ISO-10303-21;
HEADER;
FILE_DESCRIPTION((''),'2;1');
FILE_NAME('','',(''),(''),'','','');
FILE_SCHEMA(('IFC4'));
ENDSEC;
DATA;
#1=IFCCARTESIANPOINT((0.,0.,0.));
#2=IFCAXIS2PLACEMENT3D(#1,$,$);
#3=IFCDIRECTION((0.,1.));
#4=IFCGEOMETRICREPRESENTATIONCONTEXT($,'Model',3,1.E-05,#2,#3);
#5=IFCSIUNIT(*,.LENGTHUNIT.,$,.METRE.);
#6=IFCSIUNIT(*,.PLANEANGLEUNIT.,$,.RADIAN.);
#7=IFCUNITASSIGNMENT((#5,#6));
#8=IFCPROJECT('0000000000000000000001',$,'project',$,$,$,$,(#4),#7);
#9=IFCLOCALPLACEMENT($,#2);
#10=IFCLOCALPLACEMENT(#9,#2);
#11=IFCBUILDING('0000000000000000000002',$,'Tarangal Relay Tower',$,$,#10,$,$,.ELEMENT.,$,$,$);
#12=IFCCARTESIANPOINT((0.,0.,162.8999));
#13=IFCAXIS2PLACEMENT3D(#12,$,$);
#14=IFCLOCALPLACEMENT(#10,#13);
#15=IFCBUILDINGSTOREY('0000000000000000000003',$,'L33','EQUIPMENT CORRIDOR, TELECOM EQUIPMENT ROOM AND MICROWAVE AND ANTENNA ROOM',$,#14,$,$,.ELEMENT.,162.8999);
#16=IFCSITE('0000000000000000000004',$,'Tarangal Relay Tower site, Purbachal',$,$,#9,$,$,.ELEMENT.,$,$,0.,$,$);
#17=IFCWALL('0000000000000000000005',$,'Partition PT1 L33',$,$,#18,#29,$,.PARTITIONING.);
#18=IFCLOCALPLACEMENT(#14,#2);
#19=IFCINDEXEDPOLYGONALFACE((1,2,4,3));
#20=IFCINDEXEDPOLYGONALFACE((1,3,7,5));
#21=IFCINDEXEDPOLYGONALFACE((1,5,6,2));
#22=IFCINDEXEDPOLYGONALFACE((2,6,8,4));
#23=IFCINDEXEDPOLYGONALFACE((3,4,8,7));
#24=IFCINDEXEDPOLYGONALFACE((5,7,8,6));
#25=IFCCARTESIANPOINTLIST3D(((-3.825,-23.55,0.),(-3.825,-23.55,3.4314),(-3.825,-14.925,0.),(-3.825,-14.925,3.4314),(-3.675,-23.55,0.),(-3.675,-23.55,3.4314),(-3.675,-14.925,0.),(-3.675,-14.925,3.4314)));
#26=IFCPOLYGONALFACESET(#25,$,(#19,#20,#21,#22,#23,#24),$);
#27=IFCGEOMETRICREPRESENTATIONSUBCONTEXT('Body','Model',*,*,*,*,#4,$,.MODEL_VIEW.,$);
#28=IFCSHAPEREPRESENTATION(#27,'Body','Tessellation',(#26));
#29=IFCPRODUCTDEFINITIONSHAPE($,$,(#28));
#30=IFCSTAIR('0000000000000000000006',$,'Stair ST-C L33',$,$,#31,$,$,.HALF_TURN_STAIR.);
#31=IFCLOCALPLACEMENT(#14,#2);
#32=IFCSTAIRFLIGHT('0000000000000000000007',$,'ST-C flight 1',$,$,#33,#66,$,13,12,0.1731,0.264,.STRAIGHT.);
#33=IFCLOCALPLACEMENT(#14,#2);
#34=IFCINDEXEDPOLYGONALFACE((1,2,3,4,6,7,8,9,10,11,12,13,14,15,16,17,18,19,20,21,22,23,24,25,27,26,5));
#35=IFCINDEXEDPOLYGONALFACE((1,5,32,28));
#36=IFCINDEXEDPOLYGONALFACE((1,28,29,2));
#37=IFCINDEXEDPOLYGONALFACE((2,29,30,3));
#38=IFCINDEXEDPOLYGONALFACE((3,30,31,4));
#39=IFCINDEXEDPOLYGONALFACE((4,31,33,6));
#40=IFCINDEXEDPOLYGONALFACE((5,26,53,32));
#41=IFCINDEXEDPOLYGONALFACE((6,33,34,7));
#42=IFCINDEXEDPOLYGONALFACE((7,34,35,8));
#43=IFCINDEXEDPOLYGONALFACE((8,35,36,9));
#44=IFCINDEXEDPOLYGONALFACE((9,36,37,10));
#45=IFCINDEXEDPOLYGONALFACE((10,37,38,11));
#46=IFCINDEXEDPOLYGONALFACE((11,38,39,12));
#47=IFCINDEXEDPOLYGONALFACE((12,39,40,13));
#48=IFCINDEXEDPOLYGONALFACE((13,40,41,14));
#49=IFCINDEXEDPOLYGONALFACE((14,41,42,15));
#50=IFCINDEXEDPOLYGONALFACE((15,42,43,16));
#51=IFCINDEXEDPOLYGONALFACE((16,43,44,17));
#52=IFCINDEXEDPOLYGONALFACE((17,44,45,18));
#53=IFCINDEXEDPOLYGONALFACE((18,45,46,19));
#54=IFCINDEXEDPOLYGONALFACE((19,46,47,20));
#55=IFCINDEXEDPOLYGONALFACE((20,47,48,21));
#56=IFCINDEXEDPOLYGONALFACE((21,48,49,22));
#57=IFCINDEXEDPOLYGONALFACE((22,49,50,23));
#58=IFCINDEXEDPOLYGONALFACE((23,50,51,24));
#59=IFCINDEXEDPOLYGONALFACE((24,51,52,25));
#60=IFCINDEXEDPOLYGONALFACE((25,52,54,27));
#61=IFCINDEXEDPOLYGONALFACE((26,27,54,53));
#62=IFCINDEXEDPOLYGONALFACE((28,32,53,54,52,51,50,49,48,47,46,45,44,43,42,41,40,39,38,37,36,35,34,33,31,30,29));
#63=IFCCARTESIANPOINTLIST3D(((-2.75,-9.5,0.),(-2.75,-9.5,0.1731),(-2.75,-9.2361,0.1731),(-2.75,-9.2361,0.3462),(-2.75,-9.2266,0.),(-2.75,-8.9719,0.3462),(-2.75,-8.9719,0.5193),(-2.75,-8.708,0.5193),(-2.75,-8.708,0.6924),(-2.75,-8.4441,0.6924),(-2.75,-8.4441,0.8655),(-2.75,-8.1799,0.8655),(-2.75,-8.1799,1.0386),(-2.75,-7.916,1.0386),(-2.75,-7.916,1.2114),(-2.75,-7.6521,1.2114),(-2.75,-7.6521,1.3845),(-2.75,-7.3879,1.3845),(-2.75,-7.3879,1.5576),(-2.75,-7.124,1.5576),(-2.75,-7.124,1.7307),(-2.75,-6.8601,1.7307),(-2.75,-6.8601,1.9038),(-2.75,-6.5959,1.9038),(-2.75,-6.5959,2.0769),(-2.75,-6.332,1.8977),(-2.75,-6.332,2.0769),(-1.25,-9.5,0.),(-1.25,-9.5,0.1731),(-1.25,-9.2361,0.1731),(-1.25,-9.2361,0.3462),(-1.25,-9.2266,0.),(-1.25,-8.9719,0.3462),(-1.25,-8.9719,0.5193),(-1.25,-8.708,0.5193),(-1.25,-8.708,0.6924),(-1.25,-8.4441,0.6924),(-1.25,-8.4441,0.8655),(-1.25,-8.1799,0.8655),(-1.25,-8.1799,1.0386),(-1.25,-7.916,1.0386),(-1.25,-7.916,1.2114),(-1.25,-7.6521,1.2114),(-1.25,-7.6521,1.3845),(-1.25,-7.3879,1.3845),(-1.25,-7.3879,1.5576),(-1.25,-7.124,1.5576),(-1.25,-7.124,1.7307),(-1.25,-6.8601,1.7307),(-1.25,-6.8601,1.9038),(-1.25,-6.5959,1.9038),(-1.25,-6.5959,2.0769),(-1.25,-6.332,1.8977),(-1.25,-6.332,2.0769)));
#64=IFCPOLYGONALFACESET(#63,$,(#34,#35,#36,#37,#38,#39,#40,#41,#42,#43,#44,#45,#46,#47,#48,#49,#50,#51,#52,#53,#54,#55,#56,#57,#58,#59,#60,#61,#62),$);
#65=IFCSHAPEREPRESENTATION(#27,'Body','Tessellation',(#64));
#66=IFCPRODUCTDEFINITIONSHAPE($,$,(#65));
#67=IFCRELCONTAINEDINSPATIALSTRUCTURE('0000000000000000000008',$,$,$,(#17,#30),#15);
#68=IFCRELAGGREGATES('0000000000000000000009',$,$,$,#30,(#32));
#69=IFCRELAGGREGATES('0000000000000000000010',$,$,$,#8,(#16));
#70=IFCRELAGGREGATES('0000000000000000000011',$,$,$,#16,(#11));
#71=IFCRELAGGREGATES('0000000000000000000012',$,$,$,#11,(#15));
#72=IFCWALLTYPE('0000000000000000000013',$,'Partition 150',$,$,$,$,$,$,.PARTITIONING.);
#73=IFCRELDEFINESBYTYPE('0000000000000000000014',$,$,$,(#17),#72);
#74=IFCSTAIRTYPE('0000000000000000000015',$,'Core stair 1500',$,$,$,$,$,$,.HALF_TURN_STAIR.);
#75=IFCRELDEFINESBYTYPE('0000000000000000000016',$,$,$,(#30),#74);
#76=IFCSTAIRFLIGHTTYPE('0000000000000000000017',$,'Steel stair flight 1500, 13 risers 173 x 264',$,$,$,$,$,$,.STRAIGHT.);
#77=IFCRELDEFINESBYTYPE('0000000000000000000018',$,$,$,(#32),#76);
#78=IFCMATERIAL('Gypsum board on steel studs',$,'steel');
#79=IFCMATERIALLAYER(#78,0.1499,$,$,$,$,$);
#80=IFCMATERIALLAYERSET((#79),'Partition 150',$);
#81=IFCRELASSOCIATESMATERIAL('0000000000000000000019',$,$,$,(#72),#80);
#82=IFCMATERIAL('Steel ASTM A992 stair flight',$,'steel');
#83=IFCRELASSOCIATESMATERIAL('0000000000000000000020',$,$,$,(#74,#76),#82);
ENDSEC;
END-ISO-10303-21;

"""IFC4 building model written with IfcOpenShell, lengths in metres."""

from ifc_helpers import new_model, si_unit, direction, frame, frame_2d, origin, place, context, subcontext, project, spatial, polyline, rectangle, outline, extrude, material, layer, layer_set, type_object, element, aggregate, save


model = new_model("IFC4")

# Units and contexts
model_context = context("Model", 3, precision=1e-05, world=origin(), true_north=direction((0.0, 1.0)))
body_context = subcontext(model_context, "Body", "Model", "MODEL_VIEW")
ifc_project = project(units=[si_unit("LENGTHUNIT", "METRE"), si_unit("PLANEANGLEUNIT", "RADIAN")], contexts=[model_context])

# Site, building, storey
site_placement = place(None, origin())
site = spatial("IfcSite", under=ifc_project, at=site_placement, Name="Tarangal Relay Tower site, Purbachal", CompositionType="ELEMENT", RefElevation=0.0)
building_placement = place(site_placement, origin())
building = spatial("IfcBuilding", under=site, at=building_placement, Name="Tarangal Relay Tower", CompositionType="ELEMENT")
storey_placement = place(building_placement, frame((0.0, 0.0, 162.8999)))
storey = spatial("IfcBuildingStorey", under=building, at=storey_placement, Name="L33", Description="EQUIPMENT CORRIDOR, TELECOM EQUIPMENT ROOM AND MICROWAVE AND ANTENNA ROOM", CompositionType="ELEMENT", Elevation=162.8999)

# Wall
ifc_material_1 = material(Name="Gypsum board on steel studs", Category="steel")
ifc_layer_1 = layer(ifc_material_1, 0.1499)
ifc_layer_set_1 = layer_set([ifc_layer_1], Name="Partition 150")
wall_type_1 = type_object("IfcWallType", Name="Partition 150", PredefinedType="PARTITIONING", material=ifc_layer_set_1)
for number, where, z_axis, x_axis, name in (
    (1, (-3.75, -23.55, 0.0), (0.0, 0.0, 1.0), (0.0, 1.0, 0.0), "Partition PT1 L33"),
):
    element("IfcWall", number, at=place(storey_placement, frame(where, z_axis=z_axis, x_axis=x_axis)), inside=storey, type_object=wall_type_1, Name=name, PredefinedType="PARTITIONING", context=body_context, shape_type="SweptSolid", body=[
        extrude(rectangle(XDim=8.625, YDim=0.1499, at=frame_2d((4.3125, 0.0))), origin(), (0.0, 0.0, 1.0), 3.4314),
    ])

# Stair, stair flight
ifc_material_2 = material(Name="Steel ASTM A992 stair flight", Category="steel")
stair_type = type_object("IfcStairType", Name="Core stair 1500", PredefinedType="HALF_TURN_STAIR", material=ifc_material_2)
stair_placement = place(storey_placement, origin())
stair = element("IfcStair", 2, at=stair_placement, inside=storey, type_object=stair_type, Name="Stair ST-C L33", PredefinedType="HALF_TURN_STAIR")
stair_flight_type = type_object("IfcStairFlightType", Name="Steel stair flight 1500, 13 risers 173 x 264", PredefinedType="STRAIGHT", material=ifc_material_2)
stair_flight_placement = place(storey_placement, frame((-2.0, -9.5, 0.0), z_axis=(0.0, 0.0, 1.0), x_axis=(0.0, 1.0, 0.0)))
stair_flight = element("IfcStairFlight", 3, at=stair_flight_placement, type_object=stair_flight_type, Name="ST-C flight 1", NumberOfRisers=13, NumberOfTreads=12, PredefinedType="STRAIGHT", RiserHeight=0.1731, TreadLength=0.264, context=body_context, shape_type="SweptSolid", body=[
    extrude(outline(polyline([(0.0, 0.0), (0.0, 0.1731), (0.2639, 0.1731), (0.2639, 0.3462), (0.5281, 0.3462), (0.5281, 0.5193), (0.792, 0.5193), (0.792, 0.6924), (1.0559, 0.6924), (1.0559, 0.8655), (1.3201, 0.8655), (1.3201, 1.0386), (1.584, 1.0386), (1.584, 1.2114), (1.8479, 1.2114), (1.8479, 1.3845), (2.1121, 1.3845), (2.1121, 1.5576), (2.376, 1.5576), (2.376, 1.7307), (2.6399, 1.7307), (2.6399, 1.9038), (2.9041, 1.9038), (2.9041, 2.0769), (3.168, 2.0769), (3.168, 2.25), (3.168, 1.8977), (0.2734, 0.0), (0.0, 0.0)])), frame((0.0, 0.75, 0.0), z_axis=(0.0, -1.0, 0.0), x_axis=(1.0, 0.0, 0.0)), (0.0, 0.0, 1.0), 1.5),
])
aggregate(stair, [stair_flight])

save(model, "model.ifc")
